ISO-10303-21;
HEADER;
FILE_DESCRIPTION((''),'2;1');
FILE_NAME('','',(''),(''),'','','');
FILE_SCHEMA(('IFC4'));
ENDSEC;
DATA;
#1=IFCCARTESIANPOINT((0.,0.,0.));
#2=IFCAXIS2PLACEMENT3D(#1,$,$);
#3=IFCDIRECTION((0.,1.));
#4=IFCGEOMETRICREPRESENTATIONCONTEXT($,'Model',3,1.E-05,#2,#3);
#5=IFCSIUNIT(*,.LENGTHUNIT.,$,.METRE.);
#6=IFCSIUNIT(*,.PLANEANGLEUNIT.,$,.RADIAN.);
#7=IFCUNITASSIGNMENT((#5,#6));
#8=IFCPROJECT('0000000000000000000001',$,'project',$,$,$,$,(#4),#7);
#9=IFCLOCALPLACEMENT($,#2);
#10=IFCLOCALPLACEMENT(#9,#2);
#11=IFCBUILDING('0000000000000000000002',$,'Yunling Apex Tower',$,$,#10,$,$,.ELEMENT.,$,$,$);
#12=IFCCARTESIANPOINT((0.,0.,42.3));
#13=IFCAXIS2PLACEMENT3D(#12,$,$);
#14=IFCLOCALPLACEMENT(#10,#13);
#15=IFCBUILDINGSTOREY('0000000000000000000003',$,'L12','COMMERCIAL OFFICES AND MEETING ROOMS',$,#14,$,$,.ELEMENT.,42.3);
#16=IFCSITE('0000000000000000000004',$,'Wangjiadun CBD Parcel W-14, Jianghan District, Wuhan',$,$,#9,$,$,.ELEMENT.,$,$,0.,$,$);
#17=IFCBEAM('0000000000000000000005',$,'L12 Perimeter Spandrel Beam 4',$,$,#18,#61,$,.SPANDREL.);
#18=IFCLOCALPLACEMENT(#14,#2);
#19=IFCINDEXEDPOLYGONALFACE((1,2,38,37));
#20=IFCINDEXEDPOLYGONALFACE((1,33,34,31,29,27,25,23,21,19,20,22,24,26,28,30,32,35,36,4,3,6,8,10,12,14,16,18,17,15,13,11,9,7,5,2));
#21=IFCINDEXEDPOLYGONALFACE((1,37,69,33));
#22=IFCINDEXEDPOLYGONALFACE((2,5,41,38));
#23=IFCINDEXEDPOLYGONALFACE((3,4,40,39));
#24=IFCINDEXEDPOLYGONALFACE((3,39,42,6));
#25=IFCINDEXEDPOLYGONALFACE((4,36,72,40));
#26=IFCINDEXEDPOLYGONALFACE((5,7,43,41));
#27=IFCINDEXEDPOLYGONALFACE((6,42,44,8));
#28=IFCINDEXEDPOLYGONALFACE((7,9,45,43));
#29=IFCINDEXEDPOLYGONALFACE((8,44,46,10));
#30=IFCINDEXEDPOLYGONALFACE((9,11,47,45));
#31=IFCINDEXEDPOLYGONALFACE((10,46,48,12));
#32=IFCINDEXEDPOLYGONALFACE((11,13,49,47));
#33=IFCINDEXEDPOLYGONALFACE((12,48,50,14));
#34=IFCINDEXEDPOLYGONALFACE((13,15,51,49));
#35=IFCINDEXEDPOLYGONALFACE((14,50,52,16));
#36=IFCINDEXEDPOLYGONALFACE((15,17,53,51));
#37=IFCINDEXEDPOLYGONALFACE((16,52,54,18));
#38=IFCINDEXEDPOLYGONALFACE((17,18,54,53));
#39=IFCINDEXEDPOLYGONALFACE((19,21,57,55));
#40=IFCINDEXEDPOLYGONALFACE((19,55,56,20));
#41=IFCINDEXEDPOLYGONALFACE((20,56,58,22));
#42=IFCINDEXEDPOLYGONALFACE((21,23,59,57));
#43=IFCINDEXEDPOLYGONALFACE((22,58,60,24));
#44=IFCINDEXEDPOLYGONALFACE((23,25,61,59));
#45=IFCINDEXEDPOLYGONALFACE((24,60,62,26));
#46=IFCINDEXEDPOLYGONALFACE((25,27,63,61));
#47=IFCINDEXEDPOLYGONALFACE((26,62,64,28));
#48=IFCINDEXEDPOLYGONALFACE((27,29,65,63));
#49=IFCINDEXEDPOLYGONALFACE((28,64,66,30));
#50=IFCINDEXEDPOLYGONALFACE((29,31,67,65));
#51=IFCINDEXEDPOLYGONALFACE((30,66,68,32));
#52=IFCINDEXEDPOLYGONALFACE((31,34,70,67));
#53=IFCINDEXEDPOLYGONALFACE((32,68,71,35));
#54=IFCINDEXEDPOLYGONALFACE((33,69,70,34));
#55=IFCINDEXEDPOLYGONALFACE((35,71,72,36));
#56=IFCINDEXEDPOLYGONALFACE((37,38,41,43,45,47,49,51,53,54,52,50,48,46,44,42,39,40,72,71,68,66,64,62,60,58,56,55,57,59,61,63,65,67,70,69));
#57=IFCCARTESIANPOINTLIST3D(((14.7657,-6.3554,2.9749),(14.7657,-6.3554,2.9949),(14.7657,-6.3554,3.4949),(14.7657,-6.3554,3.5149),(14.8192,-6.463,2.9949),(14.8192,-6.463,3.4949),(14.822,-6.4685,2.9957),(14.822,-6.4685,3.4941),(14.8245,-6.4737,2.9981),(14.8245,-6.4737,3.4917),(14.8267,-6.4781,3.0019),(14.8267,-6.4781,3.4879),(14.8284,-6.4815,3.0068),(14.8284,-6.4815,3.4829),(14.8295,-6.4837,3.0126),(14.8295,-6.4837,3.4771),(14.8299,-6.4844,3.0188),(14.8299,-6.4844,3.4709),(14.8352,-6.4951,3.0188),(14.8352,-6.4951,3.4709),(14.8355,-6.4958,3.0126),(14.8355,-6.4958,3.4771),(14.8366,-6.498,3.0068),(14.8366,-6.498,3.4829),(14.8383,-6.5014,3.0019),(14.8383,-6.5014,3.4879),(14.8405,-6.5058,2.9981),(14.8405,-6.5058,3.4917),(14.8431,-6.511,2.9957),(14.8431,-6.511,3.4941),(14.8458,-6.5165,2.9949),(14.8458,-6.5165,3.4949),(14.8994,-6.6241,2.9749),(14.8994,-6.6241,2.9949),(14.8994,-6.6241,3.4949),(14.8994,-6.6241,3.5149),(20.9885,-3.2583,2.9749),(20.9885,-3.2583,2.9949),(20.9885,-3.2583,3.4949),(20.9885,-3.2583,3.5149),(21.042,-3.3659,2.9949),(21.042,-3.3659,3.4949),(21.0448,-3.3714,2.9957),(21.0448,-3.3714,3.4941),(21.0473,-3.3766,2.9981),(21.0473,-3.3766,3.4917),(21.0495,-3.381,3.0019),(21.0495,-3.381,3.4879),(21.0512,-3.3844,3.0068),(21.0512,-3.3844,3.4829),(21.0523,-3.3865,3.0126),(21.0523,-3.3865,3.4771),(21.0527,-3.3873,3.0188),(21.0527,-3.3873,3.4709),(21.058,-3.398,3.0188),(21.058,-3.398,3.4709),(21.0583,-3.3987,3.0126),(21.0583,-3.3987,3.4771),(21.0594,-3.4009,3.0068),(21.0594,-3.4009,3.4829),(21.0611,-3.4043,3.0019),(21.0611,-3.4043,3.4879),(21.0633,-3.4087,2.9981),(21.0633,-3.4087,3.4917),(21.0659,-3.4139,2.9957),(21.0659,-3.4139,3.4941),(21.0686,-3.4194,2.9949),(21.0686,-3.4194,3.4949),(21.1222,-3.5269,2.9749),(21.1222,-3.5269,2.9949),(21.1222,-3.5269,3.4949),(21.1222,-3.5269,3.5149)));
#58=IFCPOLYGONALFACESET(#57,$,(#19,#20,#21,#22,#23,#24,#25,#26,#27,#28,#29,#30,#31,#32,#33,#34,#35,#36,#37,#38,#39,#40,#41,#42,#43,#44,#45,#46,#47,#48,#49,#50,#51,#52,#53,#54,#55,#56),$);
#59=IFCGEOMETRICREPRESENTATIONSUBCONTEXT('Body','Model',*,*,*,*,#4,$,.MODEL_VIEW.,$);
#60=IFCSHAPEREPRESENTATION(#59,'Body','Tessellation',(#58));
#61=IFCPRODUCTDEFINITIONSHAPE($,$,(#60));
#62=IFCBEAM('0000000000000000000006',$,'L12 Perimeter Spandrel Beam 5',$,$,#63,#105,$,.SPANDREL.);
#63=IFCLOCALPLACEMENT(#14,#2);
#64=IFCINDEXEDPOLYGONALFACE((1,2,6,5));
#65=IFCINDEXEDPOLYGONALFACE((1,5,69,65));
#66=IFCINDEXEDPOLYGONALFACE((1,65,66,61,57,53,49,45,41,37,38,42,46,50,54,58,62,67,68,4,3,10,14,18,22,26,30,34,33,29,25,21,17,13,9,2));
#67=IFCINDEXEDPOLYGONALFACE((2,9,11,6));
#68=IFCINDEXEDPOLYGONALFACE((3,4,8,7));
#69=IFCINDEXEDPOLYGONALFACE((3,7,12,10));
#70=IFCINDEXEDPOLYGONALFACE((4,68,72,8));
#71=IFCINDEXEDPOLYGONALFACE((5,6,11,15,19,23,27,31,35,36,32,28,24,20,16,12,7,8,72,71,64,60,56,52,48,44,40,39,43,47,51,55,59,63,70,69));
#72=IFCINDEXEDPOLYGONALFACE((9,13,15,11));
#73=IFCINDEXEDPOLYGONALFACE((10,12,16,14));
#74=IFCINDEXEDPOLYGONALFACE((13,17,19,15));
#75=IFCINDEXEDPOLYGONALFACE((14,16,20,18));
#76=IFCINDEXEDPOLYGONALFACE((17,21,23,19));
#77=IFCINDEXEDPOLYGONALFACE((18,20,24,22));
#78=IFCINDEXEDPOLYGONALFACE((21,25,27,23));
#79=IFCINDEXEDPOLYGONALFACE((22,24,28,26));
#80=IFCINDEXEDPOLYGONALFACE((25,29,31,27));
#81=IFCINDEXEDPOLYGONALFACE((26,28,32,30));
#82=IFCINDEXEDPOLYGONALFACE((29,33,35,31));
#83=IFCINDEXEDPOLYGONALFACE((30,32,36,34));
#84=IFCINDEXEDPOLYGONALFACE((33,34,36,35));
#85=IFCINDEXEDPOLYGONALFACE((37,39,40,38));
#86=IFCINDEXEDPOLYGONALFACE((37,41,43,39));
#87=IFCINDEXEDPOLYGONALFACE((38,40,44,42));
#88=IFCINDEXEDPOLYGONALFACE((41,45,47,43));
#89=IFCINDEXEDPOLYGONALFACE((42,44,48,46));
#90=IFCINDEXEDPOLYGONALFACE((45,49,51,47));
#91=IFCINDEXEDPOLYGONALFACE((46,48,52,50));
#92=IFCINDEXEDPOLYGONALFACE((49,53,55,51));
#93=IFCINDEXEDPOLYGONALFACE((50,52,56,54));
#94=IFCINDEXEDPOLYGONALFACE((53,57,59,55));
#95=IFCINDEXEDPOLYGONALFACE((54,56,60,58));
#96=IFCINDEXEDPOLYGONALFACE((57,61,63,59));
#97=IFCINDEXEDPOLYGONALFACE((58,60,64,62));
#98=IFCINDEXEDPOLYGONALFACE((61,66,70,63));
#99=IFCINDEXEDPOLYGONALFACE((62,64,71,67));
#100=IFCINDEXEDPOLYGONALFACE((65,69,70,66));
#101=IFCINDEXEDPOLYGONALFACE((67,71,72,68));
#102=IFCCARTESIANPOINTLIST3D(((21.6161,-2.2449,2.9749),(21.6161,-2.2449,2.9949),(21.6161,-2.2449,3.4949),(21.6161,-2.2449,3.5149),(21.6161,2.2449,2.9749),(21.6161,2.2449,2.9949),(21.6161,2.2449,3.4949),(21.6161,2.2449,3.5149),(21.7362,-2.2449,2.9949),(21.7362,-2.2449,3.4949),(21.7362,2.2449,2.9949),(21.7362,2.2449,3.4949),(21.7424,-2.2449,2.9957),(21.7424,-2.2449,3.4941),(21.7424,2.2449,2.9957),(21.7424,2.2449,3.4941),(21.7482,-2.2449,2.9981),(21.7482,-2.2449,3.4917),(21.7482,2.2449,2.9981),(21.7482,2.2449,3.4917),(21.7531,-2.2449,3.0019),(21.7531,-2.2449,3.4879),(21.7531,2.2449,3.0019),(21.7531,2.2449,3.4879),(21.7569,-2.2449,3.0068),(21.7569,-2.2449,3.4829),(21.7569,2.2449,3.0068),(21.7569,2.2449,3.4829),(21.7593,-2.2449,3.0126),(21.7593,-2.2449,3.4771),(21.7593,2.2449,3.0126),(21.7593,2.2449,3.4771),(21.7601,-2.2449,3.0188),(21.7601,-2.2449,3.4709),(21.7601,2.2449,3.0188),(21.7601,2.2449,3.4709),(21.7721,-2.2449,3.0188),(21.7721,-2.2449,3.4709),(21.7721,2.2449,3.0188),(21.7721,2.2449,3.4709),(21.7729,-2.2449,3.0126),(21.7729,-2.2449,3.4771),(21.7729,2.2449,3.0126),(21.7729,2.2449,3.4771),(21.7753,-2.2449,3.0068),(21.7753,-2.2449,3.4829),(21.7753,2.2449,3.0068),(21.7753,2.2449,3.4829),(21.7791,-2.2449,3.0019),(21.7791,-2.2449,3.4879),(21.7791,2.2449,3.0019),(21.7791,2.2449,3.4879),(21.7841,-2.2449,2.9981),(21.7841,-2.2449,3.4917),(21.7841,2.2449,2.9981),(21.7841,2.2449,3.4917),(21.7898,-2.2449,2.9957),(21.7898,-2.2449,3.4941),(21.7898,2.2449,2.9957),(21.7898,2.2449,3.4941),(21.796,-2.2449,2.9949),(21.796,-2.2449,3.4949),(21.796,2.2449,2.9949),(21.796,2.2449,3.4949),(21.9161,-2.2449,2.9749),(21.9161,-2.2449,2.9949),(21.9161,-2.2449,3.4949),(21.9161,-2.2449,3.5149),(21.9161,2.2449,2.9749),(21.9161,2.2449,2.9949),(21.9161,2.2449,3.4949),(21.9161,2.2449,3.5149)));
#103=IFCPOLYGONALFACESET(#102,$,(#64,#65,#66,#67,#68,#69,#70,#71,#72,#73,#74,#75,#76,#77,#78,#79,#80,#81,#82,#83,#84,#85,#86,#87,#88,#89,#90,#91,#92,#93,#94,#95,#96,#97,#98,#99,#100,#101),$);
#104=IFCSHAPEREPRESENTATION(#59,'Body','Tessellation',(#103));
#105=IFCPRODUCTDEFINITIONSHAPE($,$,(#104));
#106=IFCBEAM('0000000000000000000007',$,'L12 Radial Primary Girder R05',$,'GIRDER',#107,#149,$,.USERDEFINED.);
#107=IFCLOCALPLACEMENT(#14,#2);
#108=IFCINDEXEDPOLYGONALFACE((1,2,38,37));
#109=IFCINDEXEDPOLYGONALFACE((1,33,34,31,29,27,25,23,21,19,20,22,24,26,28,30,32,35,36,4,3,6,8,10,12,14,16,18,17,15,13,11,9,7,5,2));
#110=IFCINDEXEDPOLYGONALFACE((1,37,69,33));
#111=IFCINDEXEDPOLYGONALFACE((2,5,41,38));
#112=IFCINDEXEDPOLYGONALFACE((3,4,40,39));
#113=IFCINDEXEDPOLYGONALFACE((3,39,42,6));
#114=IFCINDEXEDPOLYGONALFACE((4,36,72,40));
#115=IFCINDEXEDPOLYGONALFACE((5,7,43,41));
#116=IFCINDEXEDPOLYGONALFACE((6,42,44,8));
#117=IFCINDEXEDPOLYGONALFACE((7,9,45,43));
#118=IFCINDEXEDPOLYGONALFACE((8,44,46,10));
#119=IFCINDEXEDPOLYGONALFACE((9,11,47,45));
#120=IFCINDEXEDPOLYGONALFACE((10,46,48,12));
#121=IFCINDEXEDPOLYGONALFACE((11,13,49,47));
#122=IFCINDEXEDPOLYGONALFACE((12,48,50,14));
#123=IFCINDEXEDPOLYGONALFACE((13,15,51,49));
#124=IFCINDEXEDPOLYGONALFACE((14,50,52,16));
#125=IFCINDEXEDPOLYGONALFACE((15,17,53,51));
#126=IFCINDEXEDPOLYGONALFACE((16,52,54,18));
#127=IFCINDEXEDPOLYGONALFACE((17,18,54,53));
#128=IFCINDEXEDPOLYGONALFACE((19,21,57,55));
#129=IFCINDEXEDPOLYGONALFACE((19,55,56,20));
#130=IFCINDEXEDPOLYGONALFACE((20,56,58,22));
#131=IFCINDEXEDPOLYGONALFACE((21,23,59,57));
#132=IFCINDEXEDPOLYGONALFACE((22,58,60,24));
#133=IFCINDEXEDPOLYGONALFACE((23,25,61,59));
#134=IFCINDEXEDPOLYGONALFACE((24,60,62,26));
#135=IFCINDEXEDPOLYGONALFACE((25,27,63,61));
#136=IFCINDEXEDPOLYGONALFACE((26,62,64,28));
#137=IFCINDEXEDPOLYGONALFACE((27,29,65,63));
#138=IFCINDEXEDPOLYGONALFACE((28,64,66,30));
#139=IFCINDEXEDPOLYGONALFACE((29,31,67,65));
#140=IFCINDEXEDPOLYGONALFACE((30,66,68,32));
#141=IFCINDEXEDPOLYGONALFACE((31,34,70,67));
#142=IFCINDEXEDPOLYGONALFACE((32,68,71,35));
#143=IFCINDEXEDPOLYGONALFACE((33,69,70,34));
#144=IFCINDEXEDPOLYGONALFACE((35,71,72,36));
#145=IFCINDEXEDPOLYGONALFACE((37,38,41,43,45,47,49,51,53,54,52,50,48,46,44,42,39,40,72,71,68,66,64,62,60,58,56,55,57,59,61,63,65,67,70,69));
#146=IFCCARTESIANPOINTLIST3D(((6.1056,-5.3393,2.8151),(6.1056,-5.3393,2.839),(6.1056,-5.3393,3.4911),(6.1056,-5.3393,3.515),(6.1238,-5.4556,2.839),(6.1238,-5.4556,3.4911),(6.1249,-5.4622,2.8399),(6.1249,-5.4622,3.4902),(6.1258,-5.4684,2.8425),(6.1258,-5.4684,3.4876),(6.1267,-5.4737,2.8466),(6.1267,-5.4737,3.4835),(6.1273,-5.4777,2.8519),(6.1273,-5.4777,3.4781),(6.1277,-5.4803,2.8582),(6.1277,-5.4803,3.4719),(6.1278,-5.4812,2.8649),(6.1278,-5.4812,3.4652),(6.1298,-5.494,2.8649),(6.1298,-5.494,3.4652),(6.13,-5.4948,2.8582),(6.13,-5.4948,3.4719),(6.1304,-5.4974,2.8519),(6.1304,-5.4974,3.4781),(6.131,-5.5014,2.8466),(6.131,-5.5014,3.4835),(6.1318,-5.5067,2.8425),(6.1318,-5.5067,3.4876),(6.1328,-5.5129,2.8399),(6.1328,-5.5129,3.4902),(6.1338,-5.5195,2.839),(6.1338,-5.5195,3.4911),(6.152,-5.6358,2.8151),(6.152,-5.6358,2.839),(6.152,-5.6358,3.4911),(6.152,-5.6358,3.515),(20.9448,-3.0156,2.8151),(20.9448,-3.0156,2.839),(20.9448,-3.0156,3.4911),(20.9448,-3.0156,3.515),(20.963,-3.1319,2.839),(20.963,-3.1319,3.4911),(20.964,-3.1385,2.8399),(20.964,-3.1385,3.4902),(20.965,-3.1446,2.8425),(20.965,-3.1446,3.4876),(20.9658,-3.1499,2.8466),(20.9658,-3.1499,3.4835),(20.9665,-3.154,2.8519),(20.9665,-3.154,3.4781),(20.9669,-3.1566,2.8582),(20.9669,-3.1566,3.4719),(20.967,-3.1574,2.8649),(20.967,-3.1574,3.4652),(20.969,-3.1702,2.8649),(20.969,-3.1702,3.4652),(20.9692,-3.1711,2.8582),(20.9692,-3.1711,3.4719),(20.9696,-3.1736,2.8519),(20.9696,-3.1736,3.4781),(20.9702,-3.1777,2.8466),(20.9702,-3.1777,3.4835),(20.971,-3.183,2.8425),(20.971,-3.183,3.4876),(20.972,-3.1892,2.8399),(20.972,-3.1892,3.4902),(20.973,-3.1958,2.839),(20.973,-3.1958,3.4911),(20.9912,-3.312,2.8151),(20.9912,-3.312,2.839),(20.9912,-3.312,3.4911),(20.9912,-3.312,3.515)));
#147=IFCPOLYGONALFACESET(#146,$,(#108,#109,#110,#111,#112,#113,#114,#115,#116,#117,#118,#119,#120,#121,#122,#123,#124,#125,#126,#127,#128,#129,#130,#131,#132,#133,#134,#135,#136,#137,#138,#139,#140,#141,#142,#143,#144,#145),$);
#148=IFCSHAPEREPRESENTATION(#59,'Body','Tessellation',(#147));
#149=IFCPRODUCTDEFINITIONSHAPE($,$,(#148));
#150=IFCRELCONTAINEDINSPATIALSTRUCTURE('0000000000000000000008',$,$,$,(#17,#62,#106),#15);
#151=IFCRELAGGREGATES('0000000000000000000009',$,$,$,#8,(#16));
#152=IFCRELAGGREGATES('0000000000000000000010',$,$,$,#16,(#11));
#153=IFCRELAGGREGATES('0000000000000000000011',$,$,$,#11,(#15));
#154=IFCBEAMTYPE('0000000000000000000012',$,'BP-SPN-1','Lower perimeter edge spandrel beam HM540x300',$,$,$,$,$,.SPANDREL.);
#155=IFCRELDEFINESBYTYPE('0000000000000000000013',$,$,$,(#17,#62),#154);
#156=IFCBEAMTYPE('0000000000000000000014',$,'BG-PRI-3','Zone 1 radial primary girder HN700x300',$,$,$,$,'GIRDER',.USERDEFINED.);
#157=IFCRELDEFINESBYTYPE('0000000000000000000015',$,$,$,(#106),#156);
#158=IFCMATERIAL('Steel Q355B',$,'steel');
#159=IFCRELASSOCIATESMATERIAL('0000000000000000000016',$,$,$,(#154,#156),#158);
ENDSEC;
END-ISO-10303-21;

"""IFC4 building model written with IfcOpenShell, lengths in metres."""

from ifc_helpers import new_model, si_unit, direction, frame, origin, origin_2d, place, context, subcontext, project, spatial, i_section, extrude, source, transform, mapped, material, material_profile, profile_set, type_object, element, save


model = new_model("IFC4")

# Units and contexts
model_context = context("Model", 3, precision=1e-05, world=origin(), true_north=direction((0.0, 1.0)))
body_context = subcontext(model_context, "Body", "Model", "MODEL_VIEW")
ifc_project = project(units=[si_unit("LENGTHUNIT", "METRE"), si_unit("PLANEANGLEUNIT", "RADIAN")], contexts=[model_context])

# Site, building, storey
site_placement = place(None, origin())
site = spatial("IfcSite", under=ifc_project, at=site_placement, Name="Wangjiadun CBD Parcel W-14, Jianghan District, Wuhan", CompositionType="ELEMENT", RefElevation=0.0)
building_placement = place(site_placement, origin())
building = spatial("IfcBuilding", under=site, at=building_placement, Name="Yunling Apex Tower", CompositionType="ELEMENT")
storey_placement = place(building_placement, frame((0.0, 0.0, 42.3)))
storey = spatial("IfcBuildingStorey", under=building, at=storey_placement, Name="L12", Description="COMMERCIAL OFFICES AND MEETING ROOMS", CompositionType="ELEMENT", Elevation=42.3)

# Beams
ifc_material_1 = material(Name="Steel Q355B", Category="steel")
ifc_material_profile_1 = material_profile(ifc_material_1, i_section(OverallWidth=0.3, OverallDepth=0.54, WebThickness=0.012, FlangeThickness=0.02, FilletRadius=0.0239, at=origin_2d()))
ifc_profile_set_1 = profile_set([ifc_material_profile_1], Name="Steel Q355B")
beam_type_1 = type_object("IfcBeamType", Name="BP-SPN-1", Description="Lower perimeter edge spandrel beam HM540x300", PredefinedType="SPANDREL", material=ifc_profile_set_1)
shared_shape_1 = source(origin(), body_context, "Body", "SweptSolid", [
    extrude(i_section(OverallWidth=0.3, OverallDepth=0.54, WebThickness=0.012, FlangeThickness=0.02, FilletRadius=0.0239, at=origin_2d()), origin(), (0.0, 0.0, 1.0), 6.9509),
])
beam_1_placement = place(storey_placement, frame((14.8325, -6.4897, 3.2449), z_axis=(0.895248, 0.445569, 0.0), x_axis=(-0.445569, 0.895248, 0.0)))
element("IfcBeam", 1, at=beam_1_placement, inside=storey, type_object=beam_type_1, Name="L12 Perimeter Spandrel Beam 4", PredefinedType="SPANDREL", context=body_context, shape_type="MappedRepresentation", body=[
    mapped(shared_shape_1, transform((0.0, 0.0, 0.0), scale=1.0)),
])
shared_shape_2 = source(origin(), body_context, "Body", "SweptSolid", [
    extrude(i_section(OverallWidth=0.3, OverallDepth=0.54, WebThickness=0.012, FlangeThickness=0.02, FilletRadius=0.0239, at=origin_2d()), origin(), (0.0, 0.0, 1.0), 4.4897),
])
beam_2_placement = place(storey_placement, frame((21.7661, -2.2449, 3.2449), z_axis=(0.0, 1.0, 0.0), x_axis=(-1.0, 0.0, 0.0)))
element("IfcBeam", 2, at=beam_2_placement, inside=storey, type_object=beam_type_1, Name="L12 Perimeter Spandrel Beam 5", PredefinedType="SPANDREL", context=body_context, shape_type="MappedRepresentation", body=[
    mapped(shared_shape_2, transform((0.0, 0.0, 0.0), scale=1.0)),
])
ifc_material_profile_2 = material_profile(ifc_material_1, i_section(OverallWidth=0.3, OverallDepth=0.7, WebThickness=0.0129, FlangeThickness=0.0239, FilletRadius=0.0259, at=origin_2d()))
ifc_profile_set_2 = profile_set([ifc_material_profile_2], Name="Steel Q355B")
beam_type_2 = type_object("IfcBeamType", Name="BG-PRI-3", Description="Zone 1 radial primary girder HN700x300", ElementType="GIRDER", PredefinedType="USERDEFINED", material=ifc_profile_set_2)
shared_shape_3 = source(origin(), body_context, "Body", "SweptSolid", [
    extrude(i_section(OverallWidth=0.3, OverallDepth=0.7, WebThickness=0.0129, FlangeThickness=0.0239, FilletRadius=0.0259, at=origin_2d()), origin(), (0.0, 0.0, 1.0), 15.02),
])
beam_3_placement = place(storey_placement, frame((20.968, -3.1638, 3.165), z_axis=(-0.98796, -0.15471, 0.0), x_axis=(0.15471, -0.98796, 0.0)))
element("IfcBeam", 3, at=beam_3_placement, inside=storey, type_object=beam_type_2, Name="L12 Radial Primary Girder R05", ObjectType="GIRDER", PredefinedType="USERDEFINED", context=body_context, shape_type="MappedRepresentation", body=[
    mapped(shared_shape_3, transform((0.0, 0.0, 0.0), scale=1.0)),
])

save(model, "model.ifc")
